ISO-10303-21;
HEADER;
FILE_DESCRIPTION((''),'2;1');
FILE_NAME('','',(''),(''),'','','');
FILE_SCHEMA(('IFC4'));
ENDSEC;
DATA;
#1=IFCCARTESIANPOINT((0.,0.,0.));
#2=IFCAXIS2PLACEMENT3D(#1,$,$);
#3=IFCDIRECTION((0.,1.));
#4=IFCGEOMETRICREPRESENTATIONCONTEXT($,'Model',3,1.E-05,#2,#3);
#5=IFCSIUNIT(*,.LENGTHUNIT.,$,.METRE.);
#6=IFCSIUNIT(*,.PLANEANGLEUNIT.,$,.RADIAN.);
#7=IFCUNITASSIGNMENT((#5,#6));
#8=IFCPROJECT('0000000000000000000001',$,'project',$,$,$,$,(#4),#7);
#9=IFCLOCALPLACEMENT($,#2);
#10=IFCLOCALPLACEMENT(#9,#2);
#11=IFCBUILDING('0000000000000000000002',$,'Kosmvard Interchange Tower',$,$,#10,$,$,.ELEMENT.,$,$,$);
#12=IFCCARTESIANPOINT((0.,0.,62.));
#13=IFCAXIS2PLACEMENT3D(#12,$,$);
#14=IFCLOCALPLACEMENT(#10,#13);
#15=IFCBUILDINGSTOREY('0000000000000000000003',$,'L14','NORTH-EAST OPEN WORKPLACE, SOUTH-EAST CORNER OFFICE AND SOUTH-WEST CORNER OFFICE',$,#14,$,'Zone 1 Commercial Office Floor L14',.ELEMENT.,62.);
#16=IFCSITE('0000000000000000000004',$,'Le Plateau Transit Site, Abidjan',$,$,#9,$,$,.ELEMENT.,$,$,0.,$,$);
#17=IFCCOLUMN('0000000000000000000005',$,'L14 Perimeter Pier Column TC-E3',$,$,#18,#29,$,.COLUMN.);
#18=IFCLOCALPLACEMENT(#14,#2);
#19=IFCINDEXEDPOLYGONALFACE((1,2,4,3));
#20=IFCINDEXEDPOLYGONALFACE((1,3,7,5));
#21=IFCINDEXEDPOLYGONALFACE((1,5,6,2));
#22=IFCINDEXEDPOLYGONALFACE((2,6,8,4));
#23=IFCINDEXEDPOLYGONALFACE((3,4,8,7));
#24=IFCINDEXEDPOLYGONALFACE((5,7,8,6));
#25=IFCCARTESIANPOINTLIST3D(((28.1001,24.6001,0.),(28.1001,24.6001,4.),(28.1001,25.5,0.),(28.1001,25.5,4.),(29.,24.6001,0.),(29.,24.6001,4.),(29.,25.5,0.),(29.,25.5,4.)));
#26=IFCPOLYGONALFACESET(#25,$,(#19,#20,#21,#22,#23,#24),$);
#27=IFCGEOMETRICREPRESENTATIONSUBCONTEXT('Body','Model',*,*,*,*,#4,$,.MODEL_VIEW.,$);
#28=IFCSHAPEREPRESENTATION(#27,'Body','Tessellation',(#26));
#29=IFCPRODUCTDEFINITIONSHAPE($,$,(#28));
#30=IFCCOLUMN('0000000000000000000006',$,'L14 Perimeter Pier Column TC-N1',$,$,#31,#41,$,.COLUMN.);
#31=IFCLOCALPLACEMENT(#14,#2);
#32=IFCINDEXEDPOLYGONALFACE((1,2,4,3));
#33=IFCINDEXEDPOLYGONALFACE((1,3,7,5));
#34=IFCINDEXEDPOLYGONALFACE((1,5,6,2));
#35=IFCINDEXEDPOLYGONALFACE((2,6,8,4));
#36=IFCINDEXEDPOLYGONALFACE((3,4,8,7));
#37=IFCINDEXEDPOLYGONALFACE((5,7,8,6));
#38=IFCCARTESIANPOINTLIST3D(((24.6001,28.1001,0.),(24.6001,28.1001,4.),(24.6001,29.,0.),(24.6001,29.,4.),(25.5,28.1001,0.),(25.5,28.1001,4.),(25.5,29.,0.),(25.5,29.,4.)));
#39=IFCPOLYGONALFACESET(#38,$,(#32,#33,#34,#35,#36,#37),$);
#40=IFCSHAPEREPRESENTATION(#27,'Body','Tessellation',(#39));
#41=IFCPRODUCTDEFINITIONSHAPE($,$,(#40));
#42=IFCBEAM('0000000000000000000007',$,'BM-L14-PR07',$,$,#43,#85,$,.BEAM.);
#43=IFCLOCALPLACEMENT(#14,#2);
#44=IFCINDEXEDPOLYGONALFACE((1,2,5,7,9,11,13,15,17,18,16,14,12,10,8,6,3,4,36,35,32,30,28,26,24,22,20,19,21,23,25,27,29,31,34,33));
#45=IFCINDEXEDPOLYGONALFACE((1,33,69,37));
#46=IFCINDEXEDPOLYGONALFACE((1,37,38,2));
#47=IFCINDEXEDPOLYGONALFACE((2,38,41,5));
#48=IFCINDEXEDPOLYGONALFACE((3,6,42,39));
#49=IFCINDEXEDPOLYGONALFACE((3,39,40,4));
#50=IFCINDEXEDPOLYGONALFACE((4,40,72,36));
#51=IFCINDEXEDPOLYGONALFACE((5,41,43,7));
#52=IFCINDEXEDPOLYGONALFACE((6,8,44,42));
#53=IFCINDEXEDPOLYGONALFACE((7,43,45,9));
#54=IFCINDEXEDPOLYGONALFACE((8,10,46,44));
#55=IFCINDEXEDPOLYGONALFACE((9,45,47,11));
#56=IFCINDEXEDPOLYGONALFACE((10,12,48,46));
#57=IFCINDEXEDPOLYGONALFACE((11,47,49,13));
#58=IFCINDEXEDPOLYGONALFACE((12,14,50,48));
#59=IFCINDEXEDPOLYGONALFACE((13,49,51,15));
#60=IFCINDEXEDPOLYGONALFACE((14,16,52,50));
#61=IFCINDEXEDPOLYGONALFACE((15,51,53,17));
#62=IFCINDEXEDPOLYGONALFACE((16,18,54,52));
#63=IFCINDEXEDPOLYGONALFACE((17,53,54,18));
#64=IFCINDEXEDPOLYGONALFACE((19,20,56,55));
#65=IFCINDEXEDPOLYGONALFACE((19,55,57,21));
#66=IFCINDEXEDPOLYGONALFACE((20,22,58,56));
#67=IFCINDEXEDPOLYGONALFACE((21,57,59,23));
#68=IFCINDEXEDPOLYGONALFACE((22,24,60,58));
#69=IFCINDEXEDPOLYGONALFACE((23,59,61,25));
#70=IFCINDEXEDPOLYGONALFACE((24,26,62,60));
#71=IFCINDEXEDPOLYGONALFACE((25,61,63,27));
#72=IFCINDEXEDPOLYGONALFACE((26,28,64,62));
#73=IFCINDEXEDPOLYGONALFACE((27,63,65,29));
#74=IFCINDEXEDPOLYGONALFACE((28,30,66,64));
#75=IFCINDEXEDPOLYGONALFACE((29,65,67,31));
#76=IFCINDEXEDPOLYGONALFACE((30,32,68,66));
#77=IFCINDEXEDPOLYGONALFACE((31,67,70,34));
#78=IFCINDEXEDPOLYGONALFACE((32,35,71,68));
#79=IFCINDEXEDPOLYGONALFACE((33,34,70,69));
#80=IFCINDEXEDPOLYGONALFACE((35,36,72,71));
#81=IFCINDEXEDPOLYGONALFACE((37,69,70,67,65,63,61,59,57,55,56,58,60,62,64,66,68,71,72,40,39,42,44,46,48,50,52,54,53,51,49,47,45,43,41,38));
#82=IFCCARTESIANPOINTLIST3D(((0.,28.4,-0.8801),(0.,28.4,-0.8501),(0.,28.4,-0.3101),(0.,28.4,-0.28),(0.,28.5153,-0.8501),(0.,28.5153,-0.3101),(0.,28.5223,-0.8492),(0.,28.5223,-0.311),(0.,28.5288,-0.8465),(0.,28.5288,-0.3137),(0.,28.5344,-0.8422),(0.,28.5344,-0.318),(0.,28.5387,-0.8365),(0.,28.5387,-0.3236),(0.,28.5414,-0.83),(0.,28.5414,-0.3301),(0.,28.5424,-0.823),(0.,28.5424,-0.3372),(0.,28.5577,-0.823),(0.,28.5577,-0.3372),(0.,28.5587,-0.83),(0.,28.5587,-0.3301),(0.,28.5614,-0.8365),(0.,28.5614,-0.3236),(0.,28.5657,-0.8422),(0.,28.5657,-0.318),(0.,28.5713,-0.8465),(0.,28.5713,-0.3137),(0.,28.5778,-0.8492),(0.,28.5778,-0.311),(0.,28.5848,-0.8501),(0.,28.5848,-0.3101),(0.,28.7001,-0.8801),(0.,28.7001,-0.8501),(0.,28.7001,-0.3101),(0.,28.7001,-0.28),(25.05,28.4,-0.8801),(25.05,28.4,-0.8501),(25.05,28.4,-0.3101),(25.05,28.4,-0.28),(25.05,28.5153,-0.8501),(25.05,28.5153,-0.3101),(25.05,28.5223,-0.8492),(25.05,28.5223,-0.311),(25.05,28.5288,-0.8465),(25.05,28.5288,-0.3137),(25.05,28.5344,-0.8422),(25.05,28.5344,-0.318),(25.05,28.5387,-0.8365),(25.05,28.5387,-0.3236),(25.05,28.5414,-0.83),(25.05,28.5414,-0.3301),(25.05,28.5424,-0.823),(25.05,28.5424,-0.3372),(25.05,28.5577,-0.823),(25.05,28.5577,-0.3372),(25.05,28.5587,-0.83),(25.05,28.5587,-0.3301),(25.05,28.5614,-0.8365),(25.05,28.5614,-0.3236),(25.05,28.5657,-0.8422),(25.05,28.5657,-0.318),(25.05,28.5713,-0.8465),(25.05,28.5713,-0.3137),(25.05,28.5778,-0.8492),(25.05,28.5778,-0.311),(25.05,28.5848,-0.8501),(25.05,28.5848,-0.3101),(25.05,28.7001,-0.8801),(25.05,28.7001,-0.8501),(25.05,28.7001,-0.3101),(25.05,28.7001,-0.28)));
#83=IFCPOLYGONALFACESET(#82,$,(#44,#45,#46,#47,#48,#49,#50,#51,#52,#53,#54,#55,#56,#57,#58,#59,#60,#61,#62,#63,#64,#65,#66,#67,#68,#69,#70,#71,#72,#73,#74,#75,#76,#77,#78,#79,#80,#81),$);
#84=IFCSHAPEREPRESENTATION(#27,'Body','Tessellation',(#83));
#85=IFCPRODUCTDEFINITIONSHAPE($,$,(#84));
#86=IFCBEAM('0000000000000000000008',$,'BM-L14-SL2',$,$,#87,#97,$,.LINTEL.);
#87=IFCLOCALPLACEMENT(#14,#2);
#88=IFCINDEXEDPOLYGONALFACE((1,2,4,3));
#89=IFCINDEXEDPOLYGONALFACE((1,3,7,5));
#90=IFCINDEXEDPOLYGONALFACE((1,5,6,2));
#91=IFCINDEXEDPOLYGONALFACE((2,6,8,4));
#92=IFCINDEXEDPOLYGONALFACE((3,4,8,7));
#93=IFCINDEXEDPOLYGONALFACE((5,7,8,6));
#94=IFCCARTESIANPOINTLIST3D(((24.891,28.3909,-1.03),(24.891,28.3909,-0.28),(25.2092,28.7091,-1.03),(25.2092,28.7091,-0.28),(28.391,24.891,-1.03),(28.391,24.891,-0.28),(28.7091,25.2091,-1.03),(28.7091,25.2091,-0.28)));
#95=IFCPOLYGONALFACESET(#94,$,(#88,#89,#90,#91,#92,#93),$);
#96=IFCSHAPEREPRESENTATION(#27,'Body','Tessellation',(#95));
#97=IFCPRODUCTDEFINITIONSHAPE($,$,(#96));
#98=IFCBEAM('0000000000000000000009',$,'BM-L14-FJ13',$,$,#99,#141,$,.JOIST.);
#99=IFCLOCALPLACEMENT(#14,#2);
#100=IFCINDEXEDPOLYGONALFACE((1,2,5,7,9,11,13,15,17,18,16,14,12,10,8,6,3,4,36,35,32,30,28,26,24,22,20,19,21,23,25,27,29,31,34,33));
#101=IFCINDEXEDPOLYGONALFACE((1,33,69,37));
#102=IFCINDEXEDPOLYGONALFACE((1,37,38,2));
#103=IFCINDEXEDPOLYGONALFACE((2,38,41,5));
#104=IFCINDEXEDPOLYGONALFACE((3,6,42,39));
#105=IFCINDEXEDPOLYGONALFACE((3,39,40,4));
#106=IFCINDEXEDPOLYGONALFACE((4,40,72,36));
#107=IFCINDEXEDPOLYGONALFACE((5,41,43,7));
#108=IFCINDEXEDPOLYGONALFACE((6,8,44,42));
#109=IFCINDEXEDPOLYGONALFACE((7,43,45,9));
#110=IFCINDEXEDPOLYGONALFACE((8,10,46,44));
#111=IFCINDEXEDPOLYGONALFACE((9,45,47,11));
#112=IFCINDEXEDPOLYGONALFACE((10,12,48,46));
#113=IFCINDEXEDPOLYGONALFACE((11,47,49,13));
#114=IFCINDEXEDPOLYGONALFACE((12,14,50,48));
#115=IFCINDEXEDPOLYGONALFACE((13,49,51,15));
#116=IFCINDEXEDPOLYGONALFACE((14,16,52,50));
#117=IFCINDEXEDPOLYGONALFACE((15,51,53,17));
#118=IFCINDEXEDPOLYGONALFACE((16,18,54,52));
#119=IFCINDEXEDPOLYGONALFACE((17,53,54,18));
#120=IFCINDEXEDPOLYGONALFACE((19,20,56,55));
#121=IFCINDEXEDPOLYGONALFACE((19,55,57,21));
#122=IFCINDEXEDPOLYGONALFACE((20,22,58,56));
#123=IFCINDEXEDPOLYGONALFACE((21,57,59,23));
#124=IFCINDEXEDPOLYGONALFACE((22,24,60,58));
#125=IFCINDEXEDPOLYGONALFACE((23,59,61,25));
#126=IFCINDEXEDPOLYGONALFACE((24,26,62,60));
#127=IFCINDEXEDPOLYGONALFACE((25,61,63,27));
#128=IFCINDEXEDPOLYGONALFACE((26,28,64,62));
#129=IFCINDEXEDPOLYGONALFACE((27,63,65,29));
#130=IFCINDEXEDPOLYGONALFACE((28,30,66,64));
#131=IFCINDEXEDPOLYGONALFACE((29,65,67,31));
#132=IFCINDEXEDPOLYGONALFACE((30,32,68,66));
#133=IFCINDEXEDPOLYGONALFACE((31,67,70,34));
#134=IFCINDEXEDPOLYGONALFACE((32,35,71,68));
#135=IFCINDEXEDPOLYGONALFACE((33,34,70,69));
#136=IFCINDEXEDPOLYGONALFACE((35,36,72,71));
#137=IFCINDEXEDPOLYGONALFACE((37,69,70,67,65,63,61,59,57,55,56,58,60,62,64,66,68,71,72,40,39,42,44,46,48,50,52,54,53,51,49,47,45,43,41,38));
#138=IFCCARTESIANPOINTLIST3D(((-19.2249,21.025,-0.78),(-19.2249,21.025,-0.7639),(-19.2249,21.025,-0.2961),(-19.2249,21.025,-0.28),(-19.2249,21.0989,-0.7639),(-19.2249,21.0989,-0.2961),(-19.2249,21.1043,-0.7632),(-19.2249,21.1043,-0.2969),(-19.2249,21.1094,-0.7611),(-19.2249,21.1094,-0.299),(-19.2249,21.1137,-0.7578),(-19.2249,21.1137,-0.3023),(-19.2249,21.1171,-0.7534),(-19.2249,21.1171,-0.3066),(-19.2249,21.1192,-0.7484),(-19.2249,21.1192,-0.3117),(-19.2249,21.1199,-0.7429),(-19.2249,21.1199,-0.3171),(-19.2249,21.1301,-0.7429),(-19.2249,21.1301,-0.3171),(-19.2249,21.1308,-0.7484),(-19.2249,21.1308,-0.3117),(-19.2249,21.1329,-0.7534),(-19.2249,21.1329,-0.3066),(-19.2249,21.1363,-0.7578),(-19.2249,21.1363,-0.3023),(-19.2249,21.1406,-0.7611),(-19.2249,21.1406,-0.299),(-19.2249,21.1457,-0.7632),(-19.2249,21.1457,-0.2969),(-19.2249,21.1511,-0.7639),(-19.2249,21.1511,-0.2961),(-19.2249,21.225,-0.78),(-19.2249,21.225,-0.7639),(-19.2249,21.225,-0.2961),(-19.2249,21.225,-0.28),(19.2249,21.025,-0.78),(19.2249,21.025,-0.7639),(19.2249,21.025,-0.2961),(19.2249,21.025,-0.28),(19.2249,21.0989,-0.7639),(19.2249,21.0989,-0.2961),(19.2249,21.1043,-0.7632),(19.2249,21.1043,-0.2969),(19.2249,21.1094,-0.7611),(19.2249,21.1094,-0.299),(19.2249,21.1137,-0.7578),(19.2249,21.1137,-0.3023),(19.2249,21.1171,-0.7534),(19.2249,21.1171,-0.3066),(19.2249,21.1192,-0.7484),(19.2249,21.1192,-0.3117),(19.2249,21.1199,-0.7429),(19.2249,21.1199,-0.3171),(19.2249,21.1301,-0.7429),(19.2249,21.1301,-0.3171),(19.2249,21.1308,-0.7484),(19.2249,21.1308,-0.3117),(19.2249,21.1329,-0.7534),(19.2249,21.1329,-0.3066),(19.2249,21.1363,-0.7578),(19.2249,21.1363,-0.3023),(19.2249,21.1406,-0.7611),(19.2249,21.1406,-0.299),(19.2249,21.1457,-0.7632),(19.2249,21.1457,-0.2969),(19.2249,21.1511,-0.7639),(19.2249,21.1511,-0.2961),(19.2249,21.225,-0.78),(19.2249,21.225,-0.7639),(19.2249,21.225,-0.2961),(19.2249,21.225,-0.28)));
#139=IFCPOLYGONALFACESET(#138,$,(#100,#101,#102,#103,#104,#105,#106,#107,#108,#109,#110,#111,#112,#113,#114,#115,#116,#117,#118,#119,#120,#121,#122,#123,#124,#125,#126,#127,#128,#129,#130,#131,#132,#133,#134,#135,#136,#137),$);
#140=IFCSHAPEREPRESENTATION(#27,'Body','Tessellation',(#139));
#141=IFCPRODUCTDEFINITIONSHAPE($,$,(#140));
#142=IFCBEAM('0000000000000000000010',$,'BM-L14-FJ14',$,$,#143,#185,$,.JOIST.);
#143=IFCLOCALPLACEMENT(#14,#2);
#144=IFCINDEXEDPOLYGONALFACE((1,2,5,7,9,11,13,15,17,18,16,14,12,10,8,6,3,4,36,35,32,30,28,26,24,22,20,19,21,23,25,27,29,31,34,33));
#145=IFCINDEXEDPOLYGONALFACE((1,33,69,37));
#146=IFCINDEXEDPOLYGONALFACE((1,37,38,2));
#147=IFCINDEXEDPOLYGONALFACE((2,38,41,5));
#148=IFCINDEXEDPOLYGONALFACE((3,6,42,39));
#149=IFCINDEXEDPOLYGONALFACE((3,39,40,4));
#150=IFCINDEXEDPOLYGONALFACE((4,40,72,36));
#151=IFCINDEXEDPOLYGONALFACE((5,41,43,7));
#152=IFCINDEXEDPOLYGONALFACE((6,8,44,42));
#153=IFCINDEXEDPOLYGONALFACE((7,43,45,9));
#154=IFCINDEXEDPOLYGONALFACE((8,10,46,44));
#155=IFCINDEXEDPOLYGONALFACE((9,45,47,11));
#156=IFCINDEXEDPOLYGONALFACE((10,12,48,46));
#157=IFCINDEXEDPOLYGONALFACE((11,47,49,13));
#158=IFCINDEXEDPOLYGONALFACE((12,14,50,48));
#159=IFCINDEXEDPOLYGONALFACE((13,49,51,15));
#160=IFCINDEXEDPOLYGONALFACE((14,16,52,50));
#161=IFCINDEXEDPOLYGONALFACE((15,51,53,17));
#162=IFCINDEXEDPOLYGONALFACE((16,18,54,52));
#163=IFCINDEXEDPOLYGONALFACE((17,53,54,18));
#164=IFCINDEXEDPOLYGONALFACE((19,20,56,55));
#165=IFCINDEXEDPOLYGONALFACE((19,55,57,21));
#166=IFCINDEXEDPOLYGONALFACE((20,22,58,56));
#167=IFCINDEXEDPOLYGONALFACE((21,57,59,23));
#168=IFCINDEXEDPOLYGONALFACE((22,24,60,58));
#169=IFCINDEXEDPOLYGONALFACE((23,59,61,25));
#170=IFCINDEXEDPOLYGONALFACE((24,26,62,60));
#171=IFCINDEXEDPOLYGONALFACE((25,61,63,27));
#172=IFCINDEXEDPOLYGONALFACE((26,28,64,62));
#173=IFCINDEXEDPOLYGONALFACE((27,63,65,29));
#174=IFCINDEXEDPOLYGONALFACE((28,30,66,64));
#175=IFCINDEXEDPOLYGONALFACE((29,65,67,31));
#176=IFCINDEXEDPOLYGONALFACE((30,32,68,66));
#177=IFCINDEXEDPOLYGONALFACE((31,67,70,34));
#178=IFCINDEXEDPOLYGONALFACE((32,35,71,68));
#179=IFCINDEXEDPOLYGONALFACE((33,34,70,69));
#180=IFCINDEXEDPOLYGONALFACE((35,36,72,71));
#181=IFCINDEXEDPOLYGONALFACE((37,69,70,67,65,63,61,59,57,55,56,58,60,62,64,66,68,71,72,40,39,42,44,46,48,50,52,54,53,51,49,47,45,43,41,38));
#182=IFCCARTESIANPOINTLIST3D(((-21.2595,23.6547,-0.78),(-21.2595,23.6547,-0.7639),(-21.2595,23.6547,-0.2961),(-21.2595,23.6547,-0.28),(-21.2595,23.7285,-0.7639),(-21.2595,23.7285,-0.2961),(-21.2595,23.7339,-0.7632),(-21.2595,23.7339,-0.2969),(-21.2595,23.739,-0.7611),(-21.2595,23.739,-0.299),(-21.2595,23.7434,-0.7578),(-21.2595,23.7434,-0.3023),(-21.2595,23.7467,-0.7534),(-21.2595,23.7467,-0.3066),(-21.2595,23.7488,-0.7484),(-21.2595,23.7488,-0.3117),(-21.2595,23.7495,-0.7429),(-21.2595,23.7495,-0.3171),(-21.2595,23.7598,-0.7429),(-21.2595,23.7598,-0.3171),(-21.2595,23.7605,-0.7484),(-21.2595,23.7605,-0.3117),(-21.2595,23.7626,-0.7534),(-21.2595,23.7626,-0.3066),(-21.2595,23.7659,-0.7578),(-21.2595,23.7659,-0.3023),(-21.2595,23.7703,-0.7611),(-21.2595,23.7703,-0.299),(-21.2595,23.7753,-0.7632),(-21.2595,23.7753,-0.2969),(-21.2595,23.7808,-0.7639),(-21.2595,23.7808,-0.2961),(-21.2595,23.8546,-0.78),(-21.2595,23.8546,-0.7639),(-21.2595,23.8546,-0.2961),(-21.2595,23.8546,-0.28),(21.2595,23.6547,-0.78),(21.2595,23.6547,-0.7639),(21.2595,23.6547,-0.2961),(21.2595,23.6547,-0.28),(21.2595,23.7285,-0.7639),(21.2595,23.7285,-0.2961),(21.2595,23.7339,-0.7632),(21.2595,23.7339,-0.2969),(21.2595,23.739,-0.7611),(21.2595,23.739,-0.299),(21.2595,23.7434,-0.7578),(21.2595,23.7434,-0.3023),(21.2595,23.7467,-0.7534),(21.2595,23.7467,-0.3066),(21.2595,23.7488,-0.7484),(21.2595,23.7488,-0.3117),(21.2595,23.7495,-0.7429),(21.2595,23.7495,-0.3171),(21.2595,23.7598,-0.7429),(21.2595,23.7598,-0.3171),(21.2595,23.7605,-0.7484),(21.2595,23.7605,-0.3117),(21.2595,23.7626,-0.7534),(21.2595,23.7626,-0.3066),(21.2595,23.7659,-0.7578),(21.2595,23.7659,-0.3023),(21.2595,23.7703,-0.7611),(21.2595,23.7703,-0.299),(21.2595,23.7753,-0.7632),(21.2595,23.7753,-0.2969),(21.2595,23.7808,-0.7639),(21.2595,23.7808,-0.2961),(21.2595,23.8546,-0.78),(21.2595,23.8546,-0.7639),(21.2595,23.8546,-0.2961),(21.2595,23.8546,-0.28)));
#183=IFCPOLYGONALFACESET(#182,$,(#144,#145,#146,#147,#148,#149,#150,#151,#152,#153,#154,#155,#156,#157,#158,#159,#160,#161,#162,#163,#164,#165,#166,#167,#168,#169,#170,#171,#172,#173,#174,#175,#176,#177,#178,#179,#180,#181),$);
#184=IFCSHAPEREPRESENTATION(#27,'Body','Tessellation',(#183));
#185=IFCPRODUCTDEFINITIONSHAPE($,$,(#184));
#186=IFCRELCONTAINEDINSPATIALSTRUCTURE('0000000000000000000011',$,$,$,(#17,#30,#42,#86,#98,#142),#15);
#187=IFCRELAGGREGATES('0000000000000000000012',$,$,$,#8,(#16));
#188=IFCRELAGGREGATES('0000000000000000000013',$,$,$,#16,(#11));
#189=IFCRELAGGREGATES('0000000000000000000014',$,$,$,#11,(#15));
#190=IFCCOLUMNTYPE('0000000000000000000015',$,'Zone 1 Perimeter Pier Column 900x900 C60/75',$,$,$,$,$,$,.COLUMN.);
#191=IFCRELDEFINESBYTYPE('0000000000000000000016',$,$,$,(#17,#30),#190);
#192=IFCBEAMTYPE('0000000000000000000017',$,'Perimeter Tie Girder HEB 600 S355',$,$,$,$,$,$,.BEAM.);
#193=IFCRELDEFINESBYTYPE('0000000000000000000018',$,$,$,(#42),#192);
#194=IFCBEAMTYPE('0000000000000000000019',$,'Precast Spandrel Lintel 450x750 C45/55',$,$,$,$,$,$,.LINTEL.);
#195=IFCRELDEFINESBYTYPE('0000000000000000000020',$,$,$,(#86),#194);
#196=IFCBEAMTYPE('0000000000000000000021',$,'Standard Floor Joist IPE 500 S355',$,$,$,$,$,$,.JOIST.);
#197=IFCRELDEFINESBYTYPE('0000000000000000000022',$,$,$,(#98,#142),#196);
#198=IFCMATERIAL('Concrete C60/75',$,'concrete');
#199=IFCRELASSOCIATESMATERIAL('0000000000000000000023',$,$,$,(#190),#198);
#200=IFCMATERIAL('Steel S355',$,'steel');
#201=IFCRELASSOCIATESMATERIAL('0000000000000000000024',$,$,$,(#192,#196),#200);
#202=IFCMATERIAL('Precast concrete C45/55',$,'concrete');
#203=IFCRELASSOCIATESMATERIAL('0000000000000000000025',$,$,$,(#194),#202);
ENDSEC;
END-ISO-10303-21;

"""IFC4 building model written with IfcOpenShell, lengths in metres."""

from ifc_helpers import new_model, si_unit, direction, frame, origin, origin_2d, place, context, subcontext, project, spatial, rectangle, i_section, extrude, source, transform, mapped, material, material_profile, profile_set, type_object, element, save


model = new_model("IFC4")

# Units and contexts
model_context = context("Model", 3, precision=1e-05, world=origin(), true_north=direction((0.0, 1.0)))
body_context = subcontext(model_context, "Body", "Model", "MODEL_VIEW")
ifc_project = project(units=[si_unit("LENGTHUNIT", "METRE"), si_unit("PLANEANGLEUNIT", "RADIAN")], contexts=[model_context])

# Site, building, storey
site_placement = place(None, origin())
site = spatial("IfcSite", under=ifc_project, at=site_placement, Name="Le Plateau Transit Site, Abidjan", CompositionType="ELEMENT", RefElevation=0.0)
building_placement = place(site_placement, origin())
building = spatial("IfcBuilding", under=site, at=building_placement, Name="Kosmvard Interchange Tower", CompositionType="ELEMENT")
storey_placement = place(building_placement, frame((0.0, 0.0, 62.0)))
storey = spatial("IfcBuildingStorey", under=building, at=storey_placement, Name="L14", Description="NORTH-EAST OPEN WORKPLACE, SOUTH-EAST CORNER OFFICE AND SOUTH-WEST CORNER OFFICE", LongName="Zone 1 Commercial Office Floor L14", CompositionType="ELEMENT", Elevation=62.0)

# Columns
ifc_material_1 = material(Name="Concrete C60/75", Category="concrete")
ifc_material_profile_1 = material_profile(ifc_material_1, rectangle(XDim=0.8999, YDim=0.8999, at=origin_2d()), Name="TC 900x900")
ifc_profile_set_1 = profile_set([ifc_material_profile_1], Name="Concrete C60/75")
column_type = type_object("IfcColumnType", Name="Zone 1 Perimeter Pier Column 900x900 C60/75", PredefinedType="COLUMN", material=ifc_profile_set_1)
shared_shape_1 = source(origin(), body_context, "Body", "SweptSolid", [
    extrude(rectangle(XDim=0.8999, YDim=0.8999, at=origin_2d()), origin(), (0.0, 0.0, 1.0), 4.0),
])
for number, where, z_axis, x_axis, name in (
    (1, (28.55, 25.05, 0.0), (0.0, 0.0, 1.0), (1.0, 0.0, 0.0), "L14 Perimeter Pier Column TC-E3"),
    (2, (25.05, 28.55, 0.0), (0.0, 0.0, 1.0), (1.0, 0.0, 0.0), "L14 Perimeter Pier Column TC-N1"),
):
    element("IfcColumn", number, at=place(storey_placement, frame(where, z_axis=z_axis, x_axis=x_axis)), inside=storey, type_object=column_type, Name=name, PredefinedType="COLUMN", context=body_context, shape_type="MappedRepresentation", body=[
        mapped(shared_shape_1, transform((0.0, 0.0, 0.0), scale=1.0)),
    ])

# Beams
ifc_material_2 = material(Name="Steel S355", Category="steel")
ifc_material_profile_2 = material_profile(ifc_material_2, i_section(OverallWidth=0.3, OverallDepth=0.6001, WebThickness=0.0154, FlangeThickness=0.03, FilletRadius=0.0271, at=origin_2d()), Name="HEB 600")
ifc_profile_set_2 = profile_set([ifc_material_profile_2], Name="Steel S355")
beam_type_1 = type_object("IfcBeamType", Name="Perimeter Tie Girder HEB 600 S355", PredefinedType="BEAM", material=ifc_profile_set_2)
shared_shape_2 = source(origin(), body_context, "Body", "SweptSolid", [
    extrude(i_section(OverallWidth=0.3, OverallDepth=0.6001, WebThickness=0.0154, FlangeThickness=0.03, FilletRadius=0.0271, at=origin_2d()), origin(), (0.0, 0.0, 1.0), 25.05),
])
beam_1_placement = place(storey_placement, frame((25.05, 28.55, -0.5801), z_axis=(-1.0, 0.0, 0.0), x_axis=(0.0, -1.0, 0.0)))
element("IfcBeam", 3, at=beam_1_placement, inside=storey, type_object=beam_type_1, Name="BM-L14-PR07", PredefinedType="BEAM", context=body_context, shape_type="MappedRepresentation", body=[
    mapped(shared_shape_2, transform((0.0, 0.0, 0.0), scale=1.0)),
])
ifc_material_3 = material(Name="Precast concrete C45/55", Category="concrete")
ifc_material_profile_3 = material_profile(ifc_material_3, rectangle(XDim=0.45, YDim=0.75, at=origin_2d()), Name="SL 450x750")
ifc_profile_set_3 = profile_set([ifc_material_profile_3], Name="Precast concrete C45/55")
beam_type_2 = type_object("IfcBeamType", Name="Precast Spandrel Lintel 450x750 C45/55", PredefinedType="LINTEL", material=ifc_profile_set_3)
shared_shape_3 = source(origin(), body_context, "Body", "SweptSolid", [
    extrude(rectangle(XDim=0.45, YDim=0.75, at=origin_2d()), origin(), (0.0, 0.0, 1.0), 4.9497),
])
beam_2_placement = place(storey_placement, frame((28.55, 25.05, -0.655), z_axis=(-0.707107, 0.707107, 0.0), x_axis=(-0.707107, -0.707107, 0.0)))
element("IfcBeam", 4, at=beam_2_placement, inside=storey, type_object=beam_type_2, Name="BM-L14-SL2", PredefinedType="LINTEL", context=body_context, shape_type="MappedRepresentation", body=[
    mapped(shared_shape_3, transform((0.0, 0.0, 0.0), scale=1.0)),
])
ifc_material_profile_4 = material_profile(ifc_material_2, i_section(OverallWidth=0.2, OverallDepth=0.5, WebThickness=0.0103, FlangeThickness=0.0161, FilletRadius=0.021, at=origin_2d()), Name="IPE 500")
ifc_profile_set_4 = profile_set([ifc_material_profile_4], Name="Steel S355")
beam_type_3 = type_object("IfcBeamType", Name="Standard Floor Joist IPE 500 S355", PredefinedType="JOIST", material=ifc_profile_set_4)
shared_shape_4 = source(origin(), body_context, "Body", "SweptSolid", [
    extrude(i_section(OverallWidth=0.2, OverallDepth=0.5, WebThickness=0.0103, FlangeThickness=0.0161, FilletRadius=0.021, at=origin_2d()), origin(), (0.0, 0.0, 1.0), 38.4497),
])
beam_3_placement = place(storey_placement, frame((19.2249, 21.125, -0.53), z_axis=(-1.0, 0.0, 0.0), x_axis=(0.0, -1.0, 0.0)))
element("IfcBeam", 5, at=beam_3_placement, inside=storey, type_object=beam_type_3, Name="BM-L14-FJ13", PredefinedType="JOIST", context=body_context, shape_type="MappedRepresentation", body=[
    mapped(shared_shape_4, transform((0.0, 0.0, 0.0), scale=1.0)),
])
shared_shape_5 = source(origin(), body_context, "Body", "SweptSolid", [
    extrude(i_section(OverallWidth=0.2, OverallDepth=0.5, WebThickness=0.0103, FlangeThickness=0.0161, FilletRadius=0.021, at=origin_2d()), origin(), (0.0, 0.0, 1.0), 42.519),
])
beam_4_placement = place(storey_placement, frame((21.2595, 23.7546, -0.53), z_axis=(-1.0, 0.0, 0.0), x_axis=(0.0, -1.0, 0.0)))
element("IfcBeam", 6, at=beam_4_placement, inside=storey, type_object=beam_type_3, Name="BM-L14-FJ14", PredefinedType="JOIST", context=body_context, shape_type="MappedRepresentation", body=[
    mapped(shared_shape_5, transform((0.0, 0.0, 0.0), scale=1.0)),
])

save(model, "model.ifc")
